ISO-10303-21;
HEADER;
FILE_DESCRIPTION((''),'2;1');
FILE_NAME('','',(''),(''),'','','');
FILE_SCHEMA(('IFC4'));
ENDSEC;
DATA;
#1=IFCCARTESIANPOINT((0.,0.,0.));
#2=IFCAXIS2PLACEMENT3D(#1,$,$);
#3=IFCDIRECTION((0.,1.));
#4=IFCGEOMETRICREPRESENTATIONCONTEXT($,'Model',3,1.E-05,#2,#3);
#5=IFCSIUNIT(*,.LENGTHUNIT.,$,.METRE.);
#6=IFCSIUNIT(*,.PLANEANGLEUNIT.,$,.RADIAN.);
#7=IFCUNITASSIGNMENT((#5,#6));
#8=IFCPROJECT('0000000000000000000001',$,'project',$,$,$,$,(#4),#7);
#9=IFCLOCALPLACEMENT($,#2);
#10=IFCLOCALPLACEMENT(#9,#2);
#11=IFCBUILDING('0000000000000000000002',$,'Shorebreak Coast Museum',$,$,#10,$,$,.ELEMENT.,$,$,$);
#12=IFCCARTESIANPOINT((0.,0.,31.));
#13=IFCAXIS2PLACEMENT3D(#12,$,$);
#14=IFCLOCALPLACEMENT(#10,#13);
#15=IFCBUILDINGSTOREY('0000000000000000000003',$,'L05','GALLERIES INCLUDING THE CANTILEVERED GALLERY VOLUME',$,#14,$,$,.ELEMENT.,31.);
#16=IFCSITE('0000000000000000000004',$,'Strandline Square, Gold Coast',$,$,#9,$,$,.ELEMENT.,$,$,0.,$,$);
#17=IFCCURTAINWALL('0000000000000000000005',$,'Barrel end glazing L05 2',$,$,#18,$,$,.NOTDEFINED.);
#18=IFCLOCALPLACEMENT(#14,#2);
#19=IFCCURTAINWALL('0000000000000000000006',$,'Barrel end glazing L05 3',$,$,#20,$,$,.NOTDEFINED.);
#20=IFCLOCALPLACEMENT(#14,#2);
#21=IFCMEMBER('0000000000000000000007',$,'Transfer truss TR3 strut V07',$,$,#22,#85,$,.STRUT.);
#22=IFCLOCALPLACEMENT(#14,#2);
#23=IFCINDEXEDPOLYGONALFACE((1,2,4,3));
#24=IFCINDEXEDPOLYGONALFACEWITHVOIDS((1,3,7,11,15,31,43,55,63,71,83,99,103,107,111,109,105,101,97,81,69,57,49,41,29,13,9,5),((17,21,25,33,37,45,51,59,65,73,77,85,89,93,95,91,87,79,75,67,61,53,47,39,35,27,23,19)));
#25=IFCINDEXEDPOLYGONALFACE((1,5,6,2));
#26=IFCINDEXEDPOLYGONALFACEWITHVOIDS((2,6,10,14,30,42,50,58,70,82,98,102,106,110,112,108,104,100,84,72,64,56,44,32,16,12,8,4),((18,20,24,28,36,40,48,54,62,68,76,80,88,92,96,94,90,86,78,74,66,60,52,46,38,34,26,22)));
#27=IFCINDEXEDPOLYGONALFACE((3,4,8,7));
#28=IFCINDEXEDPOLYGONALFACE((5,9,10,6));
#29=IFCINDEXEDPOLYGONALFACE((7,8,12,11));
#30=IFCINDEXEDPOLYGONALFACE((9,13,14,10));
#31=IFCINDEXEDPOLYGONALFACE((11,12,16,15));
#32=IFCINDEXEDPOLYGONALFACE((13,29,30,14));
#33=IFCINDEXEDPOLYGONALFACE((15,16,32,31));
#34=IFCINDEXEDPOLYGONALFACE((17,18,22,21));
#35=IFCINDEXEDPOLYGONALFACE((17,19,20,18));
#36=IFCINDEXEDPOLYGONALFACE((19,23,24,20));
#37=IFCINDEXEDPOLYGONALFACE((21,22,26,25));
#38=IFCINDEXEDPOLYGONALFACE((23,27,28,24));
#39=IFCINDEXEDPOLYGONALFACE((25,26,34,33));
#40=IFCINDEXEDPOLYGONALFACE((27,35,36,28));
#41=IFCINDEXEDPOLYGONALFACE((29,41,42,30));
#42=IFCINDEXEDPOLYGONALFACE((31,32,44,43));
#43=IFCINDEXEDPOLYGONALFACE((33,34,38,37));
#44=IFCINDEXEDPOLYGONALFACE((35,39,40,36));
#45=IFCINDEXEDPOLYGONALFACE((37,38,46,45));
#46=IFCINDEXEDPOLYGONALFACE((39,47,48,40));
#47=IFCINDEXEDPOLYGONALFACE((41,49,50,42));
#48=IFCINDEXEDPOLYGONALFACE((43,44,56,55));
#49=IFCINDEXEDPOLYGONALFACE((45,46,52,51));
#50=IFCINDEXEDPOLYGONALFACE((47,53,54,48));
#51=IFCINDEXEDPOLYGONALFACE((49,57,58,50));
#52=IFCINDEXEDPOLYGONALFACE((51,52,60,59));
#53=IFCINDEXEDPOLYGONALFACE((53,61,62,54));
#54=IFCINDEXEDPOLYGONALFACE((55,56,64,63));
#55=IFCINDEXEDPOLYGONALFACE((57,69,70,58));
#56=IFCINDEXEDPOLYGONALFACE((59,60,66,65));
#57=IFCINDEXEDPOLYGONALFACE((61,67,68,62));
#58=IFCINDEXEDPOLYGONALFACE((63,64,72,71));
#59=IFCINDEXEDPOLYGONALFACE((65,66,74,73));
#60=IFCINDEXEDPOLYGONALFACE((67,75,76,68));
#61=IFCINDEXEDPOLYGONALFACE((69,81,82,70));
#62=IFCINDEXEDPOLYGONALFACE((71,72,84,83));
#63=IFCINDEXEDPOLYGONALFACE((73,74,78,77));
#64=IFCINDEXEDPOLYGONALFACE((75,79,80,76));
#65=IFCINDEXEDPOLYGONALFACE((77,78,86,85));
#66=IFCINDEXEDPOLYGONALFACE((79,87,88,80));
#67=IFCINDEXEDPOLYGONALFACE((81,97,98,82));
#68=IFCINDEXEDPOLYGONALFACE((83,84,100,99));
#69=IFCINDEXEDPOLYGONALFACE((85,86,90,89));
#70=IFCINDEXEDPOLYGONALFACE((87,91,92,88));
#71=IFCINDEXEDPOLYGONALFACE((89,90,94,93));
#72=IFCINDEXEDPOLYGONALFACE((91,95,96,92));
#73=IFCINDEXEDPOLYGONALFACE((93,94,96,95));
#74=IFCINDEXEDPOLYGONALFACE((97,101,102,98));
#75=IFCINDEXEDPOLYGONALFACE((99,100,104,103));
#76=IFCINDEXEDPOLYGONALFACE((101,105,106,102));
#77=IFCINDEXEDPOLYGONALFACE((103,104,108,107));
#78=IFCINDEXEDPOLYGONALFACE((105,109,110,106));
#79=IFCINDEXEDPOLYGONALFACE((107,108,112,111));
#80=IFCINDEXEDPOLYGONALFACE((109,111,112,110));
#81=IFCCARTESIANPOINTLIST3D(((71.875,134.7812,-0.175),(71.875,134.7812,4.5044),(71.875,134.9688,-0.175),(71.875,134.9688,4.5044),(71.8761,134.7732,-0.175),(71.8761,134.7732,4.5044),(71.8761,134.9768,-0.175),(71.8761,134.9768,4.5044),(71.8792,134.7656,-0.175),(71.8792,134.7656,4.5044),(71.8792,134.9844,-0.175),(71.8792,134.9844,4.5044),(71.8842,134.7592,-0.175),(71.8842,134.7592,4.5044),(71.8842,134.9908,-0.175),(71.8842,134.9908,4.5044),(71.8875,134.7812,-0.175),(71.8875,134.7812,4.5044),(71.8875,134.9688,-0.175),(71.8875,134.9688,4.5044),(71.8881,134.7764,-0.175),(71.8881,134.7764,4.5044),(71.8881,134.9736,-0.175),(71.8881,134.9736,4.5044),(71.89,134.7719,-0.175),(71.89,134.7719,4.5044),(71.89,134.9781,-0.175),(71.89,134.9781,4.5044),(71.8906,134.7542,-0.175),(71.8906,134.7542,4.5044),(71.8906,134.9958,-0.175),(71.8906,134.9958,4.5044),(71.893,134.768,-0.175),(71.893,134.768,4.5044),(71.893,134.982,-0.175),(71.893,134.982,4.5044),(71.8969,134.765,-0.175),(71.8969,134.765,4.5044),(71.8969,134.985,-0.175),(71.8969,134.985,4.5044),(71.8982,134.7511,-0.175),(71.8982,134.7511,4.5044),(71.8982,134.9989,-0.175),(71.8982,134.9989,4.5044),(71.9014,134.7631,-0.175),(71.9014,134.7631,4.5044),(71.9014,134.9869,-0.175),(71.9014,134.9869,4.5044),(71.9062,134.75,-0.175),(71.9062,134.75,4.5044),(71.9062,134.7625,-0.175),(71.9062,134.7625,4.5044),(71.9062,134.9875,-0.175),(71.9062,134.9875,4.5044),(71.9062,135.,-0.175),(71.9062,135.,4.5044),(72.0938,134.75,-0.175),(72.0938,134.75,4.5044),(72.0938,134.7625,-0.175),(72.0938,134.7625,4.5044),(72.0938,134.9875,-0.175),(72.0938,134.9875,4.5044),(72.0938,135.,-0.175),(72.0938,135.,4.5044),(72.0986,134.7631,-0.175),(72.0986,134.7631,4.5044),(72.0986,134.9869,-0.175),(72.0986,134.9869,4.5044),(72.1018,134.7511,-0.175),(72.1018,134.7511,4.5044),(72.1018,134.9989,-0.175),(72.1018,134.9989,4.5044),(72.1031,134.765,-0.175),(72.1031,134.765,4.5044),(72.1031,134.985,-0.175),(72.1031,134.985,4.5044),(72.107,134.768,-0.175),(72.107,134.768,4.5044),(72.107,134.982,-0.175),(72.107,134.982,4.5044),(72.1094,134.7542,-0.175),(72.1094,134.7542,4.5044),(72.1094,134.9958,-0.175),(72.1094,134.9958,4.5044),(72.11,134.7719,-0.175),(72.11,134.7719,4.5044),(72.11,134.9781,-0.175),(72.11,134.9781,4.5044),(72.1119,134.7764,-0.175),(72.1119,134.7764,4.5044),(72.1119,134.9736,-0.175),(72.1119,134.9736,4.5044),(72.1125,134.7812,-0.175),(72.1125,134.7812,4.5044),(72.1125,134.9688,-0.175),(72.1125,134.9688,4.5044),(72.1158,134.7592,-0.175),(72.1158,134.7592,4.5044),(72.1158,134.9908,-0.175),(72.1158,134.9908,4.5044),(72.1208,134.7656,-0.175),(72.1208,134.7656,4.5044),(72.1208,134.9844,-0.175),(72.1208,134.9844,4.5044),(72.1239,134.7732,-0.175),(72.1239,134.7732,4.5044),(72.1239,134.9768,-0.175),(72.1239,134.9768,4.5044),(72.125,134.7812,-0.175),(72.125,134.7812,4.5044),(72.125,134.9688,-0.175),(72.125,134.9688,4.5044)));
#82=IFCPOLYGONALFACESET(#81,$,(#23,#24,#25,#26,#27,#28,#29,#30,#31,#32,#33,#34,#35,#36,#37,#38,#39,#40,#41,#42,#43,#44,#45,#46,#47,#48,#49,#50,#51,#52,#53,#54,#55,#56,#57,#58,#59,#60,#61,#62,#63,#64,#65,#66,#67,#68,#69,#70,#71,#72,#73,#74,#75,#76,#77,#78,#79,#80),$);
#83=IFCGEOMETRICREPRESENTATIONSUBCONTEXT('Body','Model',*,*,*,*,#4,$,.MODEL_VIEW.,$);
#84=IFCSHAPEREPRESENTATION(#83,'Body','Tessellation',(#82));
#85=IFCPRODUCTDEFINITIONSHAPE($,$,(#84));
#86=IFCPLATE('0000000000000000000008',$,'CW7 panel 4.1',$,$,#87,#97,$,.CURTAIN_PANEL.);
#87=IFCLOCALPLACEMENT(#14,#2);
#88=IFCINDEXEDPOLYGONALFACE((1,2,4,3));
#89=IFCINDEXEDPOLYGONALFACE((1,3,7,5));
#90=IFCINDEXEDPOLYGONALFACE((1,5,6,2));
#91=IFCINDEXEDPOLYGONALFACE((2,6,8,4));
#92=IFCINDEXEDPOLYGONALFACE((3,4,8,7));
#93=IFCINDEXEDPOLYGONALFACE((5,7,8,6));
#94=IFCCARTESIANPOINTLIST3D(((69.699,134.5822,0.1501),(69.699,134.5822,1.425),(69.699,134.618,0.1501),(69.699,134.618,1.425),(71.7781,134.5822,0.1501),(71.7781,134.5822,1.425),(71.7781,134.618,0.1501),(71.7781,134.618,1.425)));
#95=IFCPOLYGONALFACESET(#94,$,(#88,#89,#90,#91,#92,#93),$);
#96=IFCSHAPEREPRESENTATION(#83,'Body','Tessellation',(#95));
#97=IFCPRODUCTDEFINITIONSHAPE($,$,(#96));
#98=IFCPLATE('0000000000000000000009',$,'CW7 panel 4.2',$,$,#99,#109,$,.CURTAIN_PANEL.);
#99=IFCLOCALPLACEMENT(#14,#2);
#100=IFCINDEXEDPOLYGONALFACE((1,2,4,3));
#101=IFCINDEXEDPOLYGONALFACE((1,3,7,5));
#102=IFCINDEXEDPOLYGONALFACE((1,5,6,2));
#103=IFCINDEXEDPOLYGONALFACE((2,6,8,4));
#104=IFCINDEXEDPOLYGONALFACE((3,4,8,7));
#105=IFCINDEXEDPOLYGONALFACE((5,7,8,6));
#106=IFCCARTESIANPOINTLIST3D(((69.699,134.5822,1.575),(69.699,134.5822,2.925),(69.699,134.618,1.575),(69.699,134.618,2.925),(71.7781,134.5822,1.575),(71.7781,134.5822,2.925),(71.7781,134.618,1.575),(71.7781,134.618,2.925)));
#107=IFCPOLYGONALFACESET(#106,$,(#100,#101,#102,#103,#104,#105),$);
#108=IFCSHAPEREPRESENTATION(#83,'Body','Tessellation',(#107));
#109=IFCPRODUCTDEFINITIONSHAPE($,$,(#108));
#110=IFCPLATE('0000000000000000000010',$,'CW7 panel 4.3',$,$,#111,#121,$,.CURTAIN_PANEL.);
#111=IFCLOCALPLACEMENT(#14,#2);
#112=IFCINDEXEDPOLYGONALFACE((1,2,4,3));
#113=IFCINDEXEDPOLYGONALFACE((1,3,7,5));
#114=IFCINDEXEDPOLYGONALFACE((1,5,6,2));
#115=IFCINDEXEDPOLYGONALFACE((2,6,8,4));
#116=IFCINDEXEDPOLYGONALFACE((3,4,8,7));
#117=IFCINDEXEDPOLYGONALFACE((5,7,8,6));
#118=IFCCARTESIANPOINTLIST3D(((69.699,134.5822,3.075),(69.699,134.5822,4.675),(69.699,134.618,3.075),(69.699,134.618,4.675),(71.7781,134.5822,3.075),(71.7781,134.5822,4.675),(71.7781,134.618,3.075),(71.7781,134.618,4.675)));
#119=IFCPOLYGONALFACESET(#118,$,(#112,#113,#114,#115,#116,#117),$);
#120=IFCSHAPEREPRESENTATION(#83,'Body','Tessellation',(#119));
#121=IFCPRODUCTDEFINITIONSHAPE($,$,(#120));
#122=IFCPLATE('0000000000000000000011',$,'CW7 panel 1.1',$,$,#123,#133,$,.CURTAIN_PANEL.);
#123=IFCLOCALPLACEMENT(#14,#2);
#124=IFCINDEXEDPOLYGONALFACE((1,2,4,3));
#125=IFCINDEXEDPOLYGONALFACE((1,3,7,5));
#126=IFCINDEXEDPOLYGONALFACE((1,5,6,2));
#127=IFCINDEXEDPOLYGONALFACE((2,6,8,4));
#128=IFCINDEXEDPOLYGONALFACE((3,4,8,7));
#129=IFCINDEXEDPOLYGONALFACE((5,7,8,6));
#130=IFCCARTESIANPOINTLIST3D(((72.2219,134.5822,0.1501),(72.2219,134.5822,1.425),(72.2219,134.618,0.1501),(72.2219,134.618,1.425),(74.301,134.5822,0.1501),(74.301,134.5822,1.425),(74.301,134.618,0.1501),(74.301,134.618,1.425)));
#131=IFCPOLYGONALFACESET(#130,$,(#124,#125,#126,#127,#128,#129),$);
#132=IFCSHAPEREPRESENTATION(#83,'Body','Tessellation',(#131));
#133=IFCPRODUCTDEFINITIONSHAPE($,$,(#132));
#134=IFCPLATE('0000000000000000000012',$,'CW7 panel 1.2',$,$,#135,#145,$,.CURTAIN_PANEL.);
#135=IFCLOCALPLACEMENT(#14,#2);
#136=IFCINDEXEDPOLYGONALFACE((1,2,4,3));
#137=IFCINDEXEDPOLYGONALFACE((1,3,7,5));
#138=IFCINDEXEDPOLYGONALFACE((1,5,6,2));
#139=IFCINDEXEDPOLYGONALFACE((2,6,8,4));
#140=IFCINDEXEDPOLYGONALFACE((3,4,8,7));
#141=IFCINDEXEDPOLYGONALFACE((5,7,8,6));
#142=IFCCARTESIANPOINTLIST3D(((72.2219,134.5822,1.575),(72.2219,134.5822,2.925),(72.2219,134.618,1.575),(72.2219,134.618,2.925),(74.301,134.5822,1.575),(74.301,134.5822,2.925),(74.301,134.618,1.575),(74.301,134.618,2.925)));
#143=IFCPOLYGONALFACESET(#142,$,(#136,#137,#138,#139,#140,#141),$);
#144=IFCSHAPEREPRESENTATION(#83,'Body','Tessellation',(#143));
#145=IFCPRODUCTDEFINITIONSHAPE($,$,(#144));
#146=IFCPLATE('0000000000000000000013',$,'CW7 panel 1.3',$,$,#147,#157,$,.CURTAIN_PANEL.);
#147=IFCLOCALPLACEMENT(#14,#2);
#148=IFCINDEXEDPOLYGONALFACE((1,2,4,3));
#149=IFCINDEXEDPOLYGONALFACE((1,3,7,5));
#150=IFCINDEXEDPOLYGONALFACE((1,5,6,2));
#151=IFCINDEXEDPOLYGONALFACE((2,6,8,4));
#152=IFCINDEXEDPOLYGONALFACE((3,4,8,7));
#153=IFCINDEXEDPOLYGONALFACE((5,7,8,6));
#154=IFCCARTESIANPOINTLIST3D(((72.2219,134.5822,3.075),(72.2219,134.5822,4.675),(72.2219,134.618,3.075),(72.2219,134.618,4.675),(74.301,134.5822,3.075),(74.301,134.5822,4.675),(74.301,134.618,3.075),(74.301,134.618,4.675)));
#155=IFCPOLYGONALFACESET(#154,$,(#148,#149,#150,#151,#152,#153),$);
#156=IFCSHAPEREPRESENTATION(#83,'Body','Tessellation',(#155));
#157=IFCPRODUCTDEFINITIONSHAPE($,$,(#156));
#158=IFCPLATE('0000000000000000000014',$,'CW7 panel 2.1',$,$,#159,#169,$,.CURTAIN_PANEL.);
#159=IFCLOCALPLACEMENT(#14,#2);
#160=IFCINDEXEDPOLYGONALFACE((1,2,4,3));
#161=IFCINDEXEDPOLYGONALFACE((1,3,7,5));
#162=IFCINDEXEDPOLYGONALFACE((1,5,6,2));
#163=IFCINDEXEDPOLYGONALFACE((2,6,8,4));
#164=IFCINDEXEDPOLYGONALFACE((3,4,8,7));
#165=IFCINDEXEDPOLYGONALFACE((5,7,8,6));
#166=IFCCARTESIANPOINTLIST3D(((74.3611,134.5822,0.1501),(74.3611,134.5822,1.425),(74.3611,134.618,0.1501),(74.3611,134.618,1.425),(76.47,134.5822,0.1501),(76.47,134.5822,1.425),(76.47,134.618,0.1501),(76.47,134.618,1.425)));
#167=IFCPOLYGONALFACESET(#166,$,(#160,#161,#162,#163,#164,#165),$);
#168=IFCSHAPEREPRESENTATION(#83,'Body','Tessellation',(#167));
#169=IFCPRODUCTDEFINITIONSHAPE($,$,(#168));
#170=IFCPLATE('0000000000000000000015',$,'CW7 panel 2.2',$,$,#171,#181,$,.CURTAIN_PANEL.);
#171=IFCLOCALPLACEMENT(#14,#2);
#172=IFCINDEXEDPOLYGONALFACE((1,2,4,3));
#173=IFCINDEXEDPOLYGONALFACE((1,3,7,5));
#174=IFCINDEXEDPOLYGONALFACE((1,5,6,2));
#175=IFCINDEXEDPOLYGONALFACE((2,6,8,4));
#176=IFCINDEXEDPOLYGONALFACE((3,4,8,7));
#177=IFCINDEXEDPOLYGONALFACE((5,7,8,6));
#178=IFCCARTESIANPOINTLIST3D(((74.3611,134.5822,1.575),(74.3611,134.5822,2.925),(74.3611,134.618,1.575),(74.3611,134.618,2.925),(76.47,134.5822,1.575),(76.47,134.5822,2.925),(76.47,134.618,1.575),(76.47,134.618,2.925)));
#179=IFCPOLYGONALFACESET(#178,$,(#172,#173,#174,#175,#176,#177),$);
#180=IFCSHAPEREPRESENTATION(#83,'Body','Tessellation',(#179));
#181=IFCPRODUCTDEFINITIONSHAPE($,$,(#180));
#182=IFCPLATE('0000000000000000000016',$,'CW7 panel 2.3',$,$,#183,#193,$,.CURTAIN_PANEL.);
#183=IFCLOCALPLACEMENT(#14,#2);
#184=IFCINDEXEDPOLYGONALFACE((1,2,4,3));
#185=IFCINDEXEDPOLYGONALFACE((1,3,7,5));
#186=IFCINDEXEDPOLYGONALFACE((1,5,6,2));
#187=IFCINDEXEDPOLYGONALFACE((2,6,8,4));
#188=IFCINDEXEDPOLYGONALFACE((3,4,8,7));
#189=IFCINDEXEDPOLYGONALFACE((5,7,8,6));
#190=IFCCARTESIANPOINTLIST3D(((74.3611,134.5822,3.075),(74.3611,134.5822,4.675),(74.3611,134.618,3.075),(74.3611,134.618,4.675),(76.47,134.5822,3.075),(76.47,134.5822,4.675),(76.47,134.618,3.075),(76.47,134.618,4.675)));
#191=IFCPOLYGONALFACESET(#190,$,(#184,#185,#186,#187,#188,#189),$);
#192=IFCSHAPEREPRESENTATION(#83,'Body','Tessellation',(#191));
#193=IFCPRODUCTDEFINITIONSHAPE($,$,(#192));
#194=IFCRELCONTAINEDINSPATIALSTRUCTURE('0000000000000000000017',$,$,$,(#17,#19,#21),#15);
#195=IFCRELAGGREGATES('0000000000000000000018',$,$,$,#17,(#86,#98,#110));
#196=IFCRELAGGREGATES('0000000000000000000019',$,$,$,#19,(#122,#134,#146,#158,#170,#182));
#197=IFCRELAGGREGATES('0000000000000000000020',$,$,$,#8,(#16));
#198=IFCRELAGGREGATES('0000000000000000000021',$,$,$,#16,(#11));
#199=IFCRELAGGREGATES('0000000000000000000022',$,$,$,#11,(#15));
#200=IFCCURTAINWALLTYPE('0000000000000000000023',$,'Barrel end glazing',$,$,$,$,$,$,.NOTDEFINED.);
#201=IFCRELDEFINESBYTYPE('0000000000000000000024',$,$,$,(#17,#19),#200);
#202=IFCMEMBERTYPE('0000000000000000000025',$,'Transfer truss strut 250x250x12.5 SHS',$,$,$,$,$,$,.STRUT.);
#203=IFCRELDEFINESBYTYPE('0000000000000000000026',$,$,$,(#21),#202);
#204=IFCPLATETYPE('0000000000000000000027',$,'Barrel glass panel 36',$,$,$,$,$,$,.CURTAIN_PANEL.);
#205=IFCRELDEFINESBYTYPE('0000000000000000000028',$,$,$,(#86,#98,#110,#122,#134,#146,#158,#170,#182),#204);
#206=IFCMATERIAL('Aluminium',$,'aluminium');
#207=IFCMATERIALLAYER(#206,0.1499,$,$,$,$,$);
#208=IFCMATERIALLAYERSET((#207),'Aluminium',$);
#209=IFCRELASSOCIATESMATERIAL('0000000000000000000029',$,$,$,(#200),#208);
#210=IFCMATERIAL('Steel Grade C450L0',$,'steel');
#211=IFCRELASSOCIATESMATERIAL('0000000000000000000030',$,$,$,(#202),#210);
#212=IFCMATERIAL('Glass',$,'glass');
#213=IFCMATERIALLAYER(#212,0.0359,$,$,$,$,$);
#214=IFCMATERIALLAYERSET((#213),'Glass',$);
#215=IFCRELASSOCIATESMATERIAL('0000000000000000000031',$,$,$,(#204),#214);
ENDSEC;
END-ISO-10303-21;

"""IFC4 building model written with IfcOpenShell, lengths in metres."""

from ifc_helpers import new_model, si_unit, direction, frame, origin, origin_2d, place, context, subcontext, project, spatial, rectangle, hollow_rectangle, extrude, material, layer, layer_set, material_profile, profile_set, type_object, element, aggregate, save


model = new_model("IFC4")

# Units and contexts
model_context = context("Model", 3, precision=1e-05, world=origin(), true_north=direction((0.0, 1.0)))
body_context = subcontext(model_context, "Body", "Model", "MODEL_VIEW")
ifc_project = project(units=[si_unit("LENGTHUNIT", "METRE"), si_unit("PLANEANGLEUNIT", "RADIAN")], contexts=[model_context])

# Site, building, storey
site_placement = place(None, origin())
site = spatial("IfcSite", under=ifc_project, at=site_placement, Name="Strandline Square, Gold Coast", CompositionType="ELEMENT", RefElevation=0.0)
building_placement = place(site_placement, origin())
building = spatial("IfcBuilding", under=site, at=building_placement, Name="Shorebreak Coast Museum", CompositionType="ELEMENT")
storey_placement = place(building_placement, frame((0.0, 0.0, 31.0)))
storey = spatial("IfcBuildingStorey", under=building, at=storey_placement, Name="L05", Description="GALLERIES INCLUDING THE CANTILEVERED GALLERY VOLUME", CompositionType="ELEMENT", Elevation=31.0)

# Curtain wall
ifc_material_1 = material(Name="Aluminium", Category="aluminium")
ifc_layer_1 = layer(ifc_material_1, 0.1499)
ifc_layer_set_1 = layer_set([ifc_layer_1], Name="Aluminium")
curtain_wall_type = type_object("IfcCurtainWallType", Name="Barrel end glazing", PredefinedType="NOTDEFINED", material=ifc_layer_set_1)
curtain_wall_1_placement = place(storey_placement, origin())
curtain_wall_1 = element("IfcCurtainWall", 1, at=curtain_wall_1_placement, inside=storey, type_object=curtain_wall_type, Name="Barrel end glazing L05 2", PredefinedType="NOTDEFINED")

# Curtain wall
curtain_wall_2_placement = place(storey_placement, origin())
curtain_wall_2 = element("IfcCurtainWall", 2, at=curtain_wall_2_placement, inside=storey, type_object=curtain_wall_type, Name="Barrel end glazing L05 3", PredefinedType="NOTDEFINED")

# Member
ifc_material_2 = material(Name="Steel Grade C450L0", Category="steel")
ifc_material_profile_1 = material_profile(ifc_material_2, hollow_rectangle(XDim=0.25, YDim=0.25, WallThickness=0.0125, InnerFilletRadius=0.0188, OuterFilletRadius=0.0312, at=origin_2d()), Name="250x250x12.5 SHS")
ifc_profile_set_1 = profile_set([ifc_material_profile_1], Name="Steel Grade C450L0")
member_type_1 = type_object("IfcMemberType", Name="Transfer truss strut 250x250x12.5 SHS", PredefinedType="STRUT", material=ifc_profile_set_1)
member_1_placement = place(storey_placement, frame((72.0, 134.875, -0.175), z_axis=(0.0, 0.0, 1.0), x_axis=(1.0, 0.0, 0.0)))
element("IfcMember", 3, at=member_1_placement, inside=storey, type_object=member_type_1, Name="Transfer truss TR3 strut V07", PredefinedType="STRUT", context=body_context, shape_type="SweptSolid", body=[
    extrude(hollow_rectangle(XDim=0.25, YDim=0.25, WallThickness=0.0125, InnerFilletRadius=0.0188, OuterFilletRadius=0.0312, at=origin_2d()), origin(), (0.0, 0.0, 1.0), 4.6794),
])

# Plates
ifc_material_3 = material(Name="Glass", Category="glass")
ifc_layer_2 = layer(ifc_material_3, 0.0359)
ifc_layer_set_2 = layer_set([ifc_layer_2], Name="Glass")
plate_type = type_object("IfcPlateType", Name="Barrel glass panel 36", PredefinedType="CURTAIN_PANEL", material=ifc_layer_set_2)
plate_1_placement = place(storey_placement, frame((70.7385, 134.6001, 0.1501), z_axis=(0.0, 0.0, 1.0), x_axis=(1.0, 0.0, 0.0)))
plate_1 = element("IfcPlate", 4, at=plate_1_placement, type_object=plate_type, Name="CW7 panel 4.1", PredefinedType="CURTAIN_PANEL", context=body_context, shape_type="SweptSolid", body=[
    extrude(rectangle(XDim=2.0791, YDim=0.0359, at=origin_2d()), origin(), (0.0, 0.0, 1.0), 1.2749),
])
plate_2_placement = place(storey_placement, frame((70.7385, 134.6001, 1.575), z_axis=(0.0, 0.0, 1.0), x_axis=(1.0, 0.0, 0.0)))
plate_2 = element("IfcPlate", 5, at=plate_2_placement, type_object=plate_type, Name="CW7 panel 4.2", PredefinedType="CURTAIN_PANEL", context=body_context, shape_type="SweptSolid", body=[
    extrude(rectangle(XDim=2.0791, YDim=0.0359, at=origin_2d()), origin(), (0.0, 0.0, 1.0), 1.3501),
])
plate_3_placement = place(storey_placement, frame((70.7385, 134.6001, 3.075), z_axis=(0.0, 0.0, 1.0), x_axis=(1.0, 0.0, 0.0)))
plate_3 = element("IfcPlate", 6, at=plate_3_placement, type_object=plate_type, Name="CW7 panel 4.3", PredefinedType="CURTAIN_PANEL", context=body_context, shape_type="SweptSolid", body=[
    extrude(rectangle(XDim=2.0791, YDim=0.0359, at=origin_2d()), origin(), (0.0, 0.0, 1.0), 1.6001),
])
aggregate(curtain_wall_1, [plate_1, plate_2, plate_3])
plate_4_placement = place(storey_placement, frame((73.2615, 134.6001, 0.1501), z_axis=(0.0, 0.0, 1.0), x_axis=(1.0, 0.0, 0.0)))
plate_4 = element("IfcPlate", 7, at=plate_4_placement, type_object=plate_type, Name="CW7 panel 1.1", PredefinedType="CURTAIN_PANEL", context=body_context, shape_type="SweptSolid", body=[
    extrude(rectangle(XDim=2.0791, YDim=0.0359, at=origin_2d()), origin(), (0.0, 0.0, 1.0), 1.2749),
])
plate_5_placement = place(storey_placement, frame((73.2615, 134.6001, 1.575), z_axis=(0.0, 0.0, 1.0), x_axis=(1.0, 0.0, 0.0)))
plate_5 = element("IfcPlate", 8, at=plate_5_placement, type_object=plate_type, Name="CW7 panel 1.2", PredefinedType="CURTAIN_PANEL", context=body_context, shape_type="SweptSolid", body=[
    extrude(rectangle(XDim=2.0791, YDim=0.0359, at=origin_2d()), origin(), (0.0, 0.0, 1.0), 1.3501),
])
plate_6_placement = place(storey_placement, frame((73.2615, 134.6001, 3.075), z_axis=(0.0, 0.0, 1.0), x_axis=(1.0, 0.0, 0.0)))
plate_6 = element("IfcPlate", 9, at=plate_6_placement, type_object=plate_type, Name="CW7 panel 1.3", PredefinedType="CURTAIN_PANEL", context=body_context, shape_type="SweptSolid", body=[
    extrude(rectangle(XDim=2.0791, YDim=0.0359, at=origin_2d()), origin(), (0.0, 0.0, 1.0), 1.6001),
])
plate_7_placement = place(storey_placement, frame((75.4155, 134.6001, 0.1501), z_axis=(0.0, 0.0, 1.0), x_axis=(1.0, 0.0, 0.0)))
plate_7 = element("IfcPlate", 10, at=plate_7_placement, type_object=plate_type, Name="CW7 panel 2.1", PredefinedType="CURTAIN_PANEL", context=body_context, shape_type="SweptSolid", body=[
    extrude(rectangle(XDim=2.1089, YDim=0.0359, at=origin_2d()), origin(), (0.0, 0.0, 1.0), 1.2749),
])
plate_8_placement = place(storey_placement, frame((75.4155, 134.6001, 1.575), z_axis=(0.0, 0.0, 1.0), x_axis=(1.0, 0.0, 0.0)))
plate_8 = element("IfcPlate", 11, at=plate_8_placement, type_object=plate_type, Name="CW7 panel 2.2", PredefinedType="CURTAIN_PANEL", context=body_context, shape_type="SweptSolid", body=[
    extrude(rectangle(XDim=2.1089, YDim=0.0359, at=origin_2d()), origin(), (0.0, 0.0, 1.0), 1.3501),
])
plate_9_placement = place(storey_placement, frame((75.4155, 134.6001, 3.075), z_axis=(0.0, 0.0, 1.0), x_axis=(1.0, 0.0, 0.0)))
plate_9 = element("IfcPlate", 12, at=plate_9_placement, type_object=plate_type, Name="CW7 panel 2.3", PredefinedType="CURTAIN_PANEL", context=body_context, shape_type="SweptSolid", body=[
    extrude(rectangle(XDim=2.1089, YDim=0.0359, at=origin_2d()), origin(), (0.0, 0.0, 1.0), 1.6001),
])
aggregate(curtain_wall_2, [plate_4, plate_5, plate_6, plate_7, plate_8, plate_9])

save(model, "model.ifc")
